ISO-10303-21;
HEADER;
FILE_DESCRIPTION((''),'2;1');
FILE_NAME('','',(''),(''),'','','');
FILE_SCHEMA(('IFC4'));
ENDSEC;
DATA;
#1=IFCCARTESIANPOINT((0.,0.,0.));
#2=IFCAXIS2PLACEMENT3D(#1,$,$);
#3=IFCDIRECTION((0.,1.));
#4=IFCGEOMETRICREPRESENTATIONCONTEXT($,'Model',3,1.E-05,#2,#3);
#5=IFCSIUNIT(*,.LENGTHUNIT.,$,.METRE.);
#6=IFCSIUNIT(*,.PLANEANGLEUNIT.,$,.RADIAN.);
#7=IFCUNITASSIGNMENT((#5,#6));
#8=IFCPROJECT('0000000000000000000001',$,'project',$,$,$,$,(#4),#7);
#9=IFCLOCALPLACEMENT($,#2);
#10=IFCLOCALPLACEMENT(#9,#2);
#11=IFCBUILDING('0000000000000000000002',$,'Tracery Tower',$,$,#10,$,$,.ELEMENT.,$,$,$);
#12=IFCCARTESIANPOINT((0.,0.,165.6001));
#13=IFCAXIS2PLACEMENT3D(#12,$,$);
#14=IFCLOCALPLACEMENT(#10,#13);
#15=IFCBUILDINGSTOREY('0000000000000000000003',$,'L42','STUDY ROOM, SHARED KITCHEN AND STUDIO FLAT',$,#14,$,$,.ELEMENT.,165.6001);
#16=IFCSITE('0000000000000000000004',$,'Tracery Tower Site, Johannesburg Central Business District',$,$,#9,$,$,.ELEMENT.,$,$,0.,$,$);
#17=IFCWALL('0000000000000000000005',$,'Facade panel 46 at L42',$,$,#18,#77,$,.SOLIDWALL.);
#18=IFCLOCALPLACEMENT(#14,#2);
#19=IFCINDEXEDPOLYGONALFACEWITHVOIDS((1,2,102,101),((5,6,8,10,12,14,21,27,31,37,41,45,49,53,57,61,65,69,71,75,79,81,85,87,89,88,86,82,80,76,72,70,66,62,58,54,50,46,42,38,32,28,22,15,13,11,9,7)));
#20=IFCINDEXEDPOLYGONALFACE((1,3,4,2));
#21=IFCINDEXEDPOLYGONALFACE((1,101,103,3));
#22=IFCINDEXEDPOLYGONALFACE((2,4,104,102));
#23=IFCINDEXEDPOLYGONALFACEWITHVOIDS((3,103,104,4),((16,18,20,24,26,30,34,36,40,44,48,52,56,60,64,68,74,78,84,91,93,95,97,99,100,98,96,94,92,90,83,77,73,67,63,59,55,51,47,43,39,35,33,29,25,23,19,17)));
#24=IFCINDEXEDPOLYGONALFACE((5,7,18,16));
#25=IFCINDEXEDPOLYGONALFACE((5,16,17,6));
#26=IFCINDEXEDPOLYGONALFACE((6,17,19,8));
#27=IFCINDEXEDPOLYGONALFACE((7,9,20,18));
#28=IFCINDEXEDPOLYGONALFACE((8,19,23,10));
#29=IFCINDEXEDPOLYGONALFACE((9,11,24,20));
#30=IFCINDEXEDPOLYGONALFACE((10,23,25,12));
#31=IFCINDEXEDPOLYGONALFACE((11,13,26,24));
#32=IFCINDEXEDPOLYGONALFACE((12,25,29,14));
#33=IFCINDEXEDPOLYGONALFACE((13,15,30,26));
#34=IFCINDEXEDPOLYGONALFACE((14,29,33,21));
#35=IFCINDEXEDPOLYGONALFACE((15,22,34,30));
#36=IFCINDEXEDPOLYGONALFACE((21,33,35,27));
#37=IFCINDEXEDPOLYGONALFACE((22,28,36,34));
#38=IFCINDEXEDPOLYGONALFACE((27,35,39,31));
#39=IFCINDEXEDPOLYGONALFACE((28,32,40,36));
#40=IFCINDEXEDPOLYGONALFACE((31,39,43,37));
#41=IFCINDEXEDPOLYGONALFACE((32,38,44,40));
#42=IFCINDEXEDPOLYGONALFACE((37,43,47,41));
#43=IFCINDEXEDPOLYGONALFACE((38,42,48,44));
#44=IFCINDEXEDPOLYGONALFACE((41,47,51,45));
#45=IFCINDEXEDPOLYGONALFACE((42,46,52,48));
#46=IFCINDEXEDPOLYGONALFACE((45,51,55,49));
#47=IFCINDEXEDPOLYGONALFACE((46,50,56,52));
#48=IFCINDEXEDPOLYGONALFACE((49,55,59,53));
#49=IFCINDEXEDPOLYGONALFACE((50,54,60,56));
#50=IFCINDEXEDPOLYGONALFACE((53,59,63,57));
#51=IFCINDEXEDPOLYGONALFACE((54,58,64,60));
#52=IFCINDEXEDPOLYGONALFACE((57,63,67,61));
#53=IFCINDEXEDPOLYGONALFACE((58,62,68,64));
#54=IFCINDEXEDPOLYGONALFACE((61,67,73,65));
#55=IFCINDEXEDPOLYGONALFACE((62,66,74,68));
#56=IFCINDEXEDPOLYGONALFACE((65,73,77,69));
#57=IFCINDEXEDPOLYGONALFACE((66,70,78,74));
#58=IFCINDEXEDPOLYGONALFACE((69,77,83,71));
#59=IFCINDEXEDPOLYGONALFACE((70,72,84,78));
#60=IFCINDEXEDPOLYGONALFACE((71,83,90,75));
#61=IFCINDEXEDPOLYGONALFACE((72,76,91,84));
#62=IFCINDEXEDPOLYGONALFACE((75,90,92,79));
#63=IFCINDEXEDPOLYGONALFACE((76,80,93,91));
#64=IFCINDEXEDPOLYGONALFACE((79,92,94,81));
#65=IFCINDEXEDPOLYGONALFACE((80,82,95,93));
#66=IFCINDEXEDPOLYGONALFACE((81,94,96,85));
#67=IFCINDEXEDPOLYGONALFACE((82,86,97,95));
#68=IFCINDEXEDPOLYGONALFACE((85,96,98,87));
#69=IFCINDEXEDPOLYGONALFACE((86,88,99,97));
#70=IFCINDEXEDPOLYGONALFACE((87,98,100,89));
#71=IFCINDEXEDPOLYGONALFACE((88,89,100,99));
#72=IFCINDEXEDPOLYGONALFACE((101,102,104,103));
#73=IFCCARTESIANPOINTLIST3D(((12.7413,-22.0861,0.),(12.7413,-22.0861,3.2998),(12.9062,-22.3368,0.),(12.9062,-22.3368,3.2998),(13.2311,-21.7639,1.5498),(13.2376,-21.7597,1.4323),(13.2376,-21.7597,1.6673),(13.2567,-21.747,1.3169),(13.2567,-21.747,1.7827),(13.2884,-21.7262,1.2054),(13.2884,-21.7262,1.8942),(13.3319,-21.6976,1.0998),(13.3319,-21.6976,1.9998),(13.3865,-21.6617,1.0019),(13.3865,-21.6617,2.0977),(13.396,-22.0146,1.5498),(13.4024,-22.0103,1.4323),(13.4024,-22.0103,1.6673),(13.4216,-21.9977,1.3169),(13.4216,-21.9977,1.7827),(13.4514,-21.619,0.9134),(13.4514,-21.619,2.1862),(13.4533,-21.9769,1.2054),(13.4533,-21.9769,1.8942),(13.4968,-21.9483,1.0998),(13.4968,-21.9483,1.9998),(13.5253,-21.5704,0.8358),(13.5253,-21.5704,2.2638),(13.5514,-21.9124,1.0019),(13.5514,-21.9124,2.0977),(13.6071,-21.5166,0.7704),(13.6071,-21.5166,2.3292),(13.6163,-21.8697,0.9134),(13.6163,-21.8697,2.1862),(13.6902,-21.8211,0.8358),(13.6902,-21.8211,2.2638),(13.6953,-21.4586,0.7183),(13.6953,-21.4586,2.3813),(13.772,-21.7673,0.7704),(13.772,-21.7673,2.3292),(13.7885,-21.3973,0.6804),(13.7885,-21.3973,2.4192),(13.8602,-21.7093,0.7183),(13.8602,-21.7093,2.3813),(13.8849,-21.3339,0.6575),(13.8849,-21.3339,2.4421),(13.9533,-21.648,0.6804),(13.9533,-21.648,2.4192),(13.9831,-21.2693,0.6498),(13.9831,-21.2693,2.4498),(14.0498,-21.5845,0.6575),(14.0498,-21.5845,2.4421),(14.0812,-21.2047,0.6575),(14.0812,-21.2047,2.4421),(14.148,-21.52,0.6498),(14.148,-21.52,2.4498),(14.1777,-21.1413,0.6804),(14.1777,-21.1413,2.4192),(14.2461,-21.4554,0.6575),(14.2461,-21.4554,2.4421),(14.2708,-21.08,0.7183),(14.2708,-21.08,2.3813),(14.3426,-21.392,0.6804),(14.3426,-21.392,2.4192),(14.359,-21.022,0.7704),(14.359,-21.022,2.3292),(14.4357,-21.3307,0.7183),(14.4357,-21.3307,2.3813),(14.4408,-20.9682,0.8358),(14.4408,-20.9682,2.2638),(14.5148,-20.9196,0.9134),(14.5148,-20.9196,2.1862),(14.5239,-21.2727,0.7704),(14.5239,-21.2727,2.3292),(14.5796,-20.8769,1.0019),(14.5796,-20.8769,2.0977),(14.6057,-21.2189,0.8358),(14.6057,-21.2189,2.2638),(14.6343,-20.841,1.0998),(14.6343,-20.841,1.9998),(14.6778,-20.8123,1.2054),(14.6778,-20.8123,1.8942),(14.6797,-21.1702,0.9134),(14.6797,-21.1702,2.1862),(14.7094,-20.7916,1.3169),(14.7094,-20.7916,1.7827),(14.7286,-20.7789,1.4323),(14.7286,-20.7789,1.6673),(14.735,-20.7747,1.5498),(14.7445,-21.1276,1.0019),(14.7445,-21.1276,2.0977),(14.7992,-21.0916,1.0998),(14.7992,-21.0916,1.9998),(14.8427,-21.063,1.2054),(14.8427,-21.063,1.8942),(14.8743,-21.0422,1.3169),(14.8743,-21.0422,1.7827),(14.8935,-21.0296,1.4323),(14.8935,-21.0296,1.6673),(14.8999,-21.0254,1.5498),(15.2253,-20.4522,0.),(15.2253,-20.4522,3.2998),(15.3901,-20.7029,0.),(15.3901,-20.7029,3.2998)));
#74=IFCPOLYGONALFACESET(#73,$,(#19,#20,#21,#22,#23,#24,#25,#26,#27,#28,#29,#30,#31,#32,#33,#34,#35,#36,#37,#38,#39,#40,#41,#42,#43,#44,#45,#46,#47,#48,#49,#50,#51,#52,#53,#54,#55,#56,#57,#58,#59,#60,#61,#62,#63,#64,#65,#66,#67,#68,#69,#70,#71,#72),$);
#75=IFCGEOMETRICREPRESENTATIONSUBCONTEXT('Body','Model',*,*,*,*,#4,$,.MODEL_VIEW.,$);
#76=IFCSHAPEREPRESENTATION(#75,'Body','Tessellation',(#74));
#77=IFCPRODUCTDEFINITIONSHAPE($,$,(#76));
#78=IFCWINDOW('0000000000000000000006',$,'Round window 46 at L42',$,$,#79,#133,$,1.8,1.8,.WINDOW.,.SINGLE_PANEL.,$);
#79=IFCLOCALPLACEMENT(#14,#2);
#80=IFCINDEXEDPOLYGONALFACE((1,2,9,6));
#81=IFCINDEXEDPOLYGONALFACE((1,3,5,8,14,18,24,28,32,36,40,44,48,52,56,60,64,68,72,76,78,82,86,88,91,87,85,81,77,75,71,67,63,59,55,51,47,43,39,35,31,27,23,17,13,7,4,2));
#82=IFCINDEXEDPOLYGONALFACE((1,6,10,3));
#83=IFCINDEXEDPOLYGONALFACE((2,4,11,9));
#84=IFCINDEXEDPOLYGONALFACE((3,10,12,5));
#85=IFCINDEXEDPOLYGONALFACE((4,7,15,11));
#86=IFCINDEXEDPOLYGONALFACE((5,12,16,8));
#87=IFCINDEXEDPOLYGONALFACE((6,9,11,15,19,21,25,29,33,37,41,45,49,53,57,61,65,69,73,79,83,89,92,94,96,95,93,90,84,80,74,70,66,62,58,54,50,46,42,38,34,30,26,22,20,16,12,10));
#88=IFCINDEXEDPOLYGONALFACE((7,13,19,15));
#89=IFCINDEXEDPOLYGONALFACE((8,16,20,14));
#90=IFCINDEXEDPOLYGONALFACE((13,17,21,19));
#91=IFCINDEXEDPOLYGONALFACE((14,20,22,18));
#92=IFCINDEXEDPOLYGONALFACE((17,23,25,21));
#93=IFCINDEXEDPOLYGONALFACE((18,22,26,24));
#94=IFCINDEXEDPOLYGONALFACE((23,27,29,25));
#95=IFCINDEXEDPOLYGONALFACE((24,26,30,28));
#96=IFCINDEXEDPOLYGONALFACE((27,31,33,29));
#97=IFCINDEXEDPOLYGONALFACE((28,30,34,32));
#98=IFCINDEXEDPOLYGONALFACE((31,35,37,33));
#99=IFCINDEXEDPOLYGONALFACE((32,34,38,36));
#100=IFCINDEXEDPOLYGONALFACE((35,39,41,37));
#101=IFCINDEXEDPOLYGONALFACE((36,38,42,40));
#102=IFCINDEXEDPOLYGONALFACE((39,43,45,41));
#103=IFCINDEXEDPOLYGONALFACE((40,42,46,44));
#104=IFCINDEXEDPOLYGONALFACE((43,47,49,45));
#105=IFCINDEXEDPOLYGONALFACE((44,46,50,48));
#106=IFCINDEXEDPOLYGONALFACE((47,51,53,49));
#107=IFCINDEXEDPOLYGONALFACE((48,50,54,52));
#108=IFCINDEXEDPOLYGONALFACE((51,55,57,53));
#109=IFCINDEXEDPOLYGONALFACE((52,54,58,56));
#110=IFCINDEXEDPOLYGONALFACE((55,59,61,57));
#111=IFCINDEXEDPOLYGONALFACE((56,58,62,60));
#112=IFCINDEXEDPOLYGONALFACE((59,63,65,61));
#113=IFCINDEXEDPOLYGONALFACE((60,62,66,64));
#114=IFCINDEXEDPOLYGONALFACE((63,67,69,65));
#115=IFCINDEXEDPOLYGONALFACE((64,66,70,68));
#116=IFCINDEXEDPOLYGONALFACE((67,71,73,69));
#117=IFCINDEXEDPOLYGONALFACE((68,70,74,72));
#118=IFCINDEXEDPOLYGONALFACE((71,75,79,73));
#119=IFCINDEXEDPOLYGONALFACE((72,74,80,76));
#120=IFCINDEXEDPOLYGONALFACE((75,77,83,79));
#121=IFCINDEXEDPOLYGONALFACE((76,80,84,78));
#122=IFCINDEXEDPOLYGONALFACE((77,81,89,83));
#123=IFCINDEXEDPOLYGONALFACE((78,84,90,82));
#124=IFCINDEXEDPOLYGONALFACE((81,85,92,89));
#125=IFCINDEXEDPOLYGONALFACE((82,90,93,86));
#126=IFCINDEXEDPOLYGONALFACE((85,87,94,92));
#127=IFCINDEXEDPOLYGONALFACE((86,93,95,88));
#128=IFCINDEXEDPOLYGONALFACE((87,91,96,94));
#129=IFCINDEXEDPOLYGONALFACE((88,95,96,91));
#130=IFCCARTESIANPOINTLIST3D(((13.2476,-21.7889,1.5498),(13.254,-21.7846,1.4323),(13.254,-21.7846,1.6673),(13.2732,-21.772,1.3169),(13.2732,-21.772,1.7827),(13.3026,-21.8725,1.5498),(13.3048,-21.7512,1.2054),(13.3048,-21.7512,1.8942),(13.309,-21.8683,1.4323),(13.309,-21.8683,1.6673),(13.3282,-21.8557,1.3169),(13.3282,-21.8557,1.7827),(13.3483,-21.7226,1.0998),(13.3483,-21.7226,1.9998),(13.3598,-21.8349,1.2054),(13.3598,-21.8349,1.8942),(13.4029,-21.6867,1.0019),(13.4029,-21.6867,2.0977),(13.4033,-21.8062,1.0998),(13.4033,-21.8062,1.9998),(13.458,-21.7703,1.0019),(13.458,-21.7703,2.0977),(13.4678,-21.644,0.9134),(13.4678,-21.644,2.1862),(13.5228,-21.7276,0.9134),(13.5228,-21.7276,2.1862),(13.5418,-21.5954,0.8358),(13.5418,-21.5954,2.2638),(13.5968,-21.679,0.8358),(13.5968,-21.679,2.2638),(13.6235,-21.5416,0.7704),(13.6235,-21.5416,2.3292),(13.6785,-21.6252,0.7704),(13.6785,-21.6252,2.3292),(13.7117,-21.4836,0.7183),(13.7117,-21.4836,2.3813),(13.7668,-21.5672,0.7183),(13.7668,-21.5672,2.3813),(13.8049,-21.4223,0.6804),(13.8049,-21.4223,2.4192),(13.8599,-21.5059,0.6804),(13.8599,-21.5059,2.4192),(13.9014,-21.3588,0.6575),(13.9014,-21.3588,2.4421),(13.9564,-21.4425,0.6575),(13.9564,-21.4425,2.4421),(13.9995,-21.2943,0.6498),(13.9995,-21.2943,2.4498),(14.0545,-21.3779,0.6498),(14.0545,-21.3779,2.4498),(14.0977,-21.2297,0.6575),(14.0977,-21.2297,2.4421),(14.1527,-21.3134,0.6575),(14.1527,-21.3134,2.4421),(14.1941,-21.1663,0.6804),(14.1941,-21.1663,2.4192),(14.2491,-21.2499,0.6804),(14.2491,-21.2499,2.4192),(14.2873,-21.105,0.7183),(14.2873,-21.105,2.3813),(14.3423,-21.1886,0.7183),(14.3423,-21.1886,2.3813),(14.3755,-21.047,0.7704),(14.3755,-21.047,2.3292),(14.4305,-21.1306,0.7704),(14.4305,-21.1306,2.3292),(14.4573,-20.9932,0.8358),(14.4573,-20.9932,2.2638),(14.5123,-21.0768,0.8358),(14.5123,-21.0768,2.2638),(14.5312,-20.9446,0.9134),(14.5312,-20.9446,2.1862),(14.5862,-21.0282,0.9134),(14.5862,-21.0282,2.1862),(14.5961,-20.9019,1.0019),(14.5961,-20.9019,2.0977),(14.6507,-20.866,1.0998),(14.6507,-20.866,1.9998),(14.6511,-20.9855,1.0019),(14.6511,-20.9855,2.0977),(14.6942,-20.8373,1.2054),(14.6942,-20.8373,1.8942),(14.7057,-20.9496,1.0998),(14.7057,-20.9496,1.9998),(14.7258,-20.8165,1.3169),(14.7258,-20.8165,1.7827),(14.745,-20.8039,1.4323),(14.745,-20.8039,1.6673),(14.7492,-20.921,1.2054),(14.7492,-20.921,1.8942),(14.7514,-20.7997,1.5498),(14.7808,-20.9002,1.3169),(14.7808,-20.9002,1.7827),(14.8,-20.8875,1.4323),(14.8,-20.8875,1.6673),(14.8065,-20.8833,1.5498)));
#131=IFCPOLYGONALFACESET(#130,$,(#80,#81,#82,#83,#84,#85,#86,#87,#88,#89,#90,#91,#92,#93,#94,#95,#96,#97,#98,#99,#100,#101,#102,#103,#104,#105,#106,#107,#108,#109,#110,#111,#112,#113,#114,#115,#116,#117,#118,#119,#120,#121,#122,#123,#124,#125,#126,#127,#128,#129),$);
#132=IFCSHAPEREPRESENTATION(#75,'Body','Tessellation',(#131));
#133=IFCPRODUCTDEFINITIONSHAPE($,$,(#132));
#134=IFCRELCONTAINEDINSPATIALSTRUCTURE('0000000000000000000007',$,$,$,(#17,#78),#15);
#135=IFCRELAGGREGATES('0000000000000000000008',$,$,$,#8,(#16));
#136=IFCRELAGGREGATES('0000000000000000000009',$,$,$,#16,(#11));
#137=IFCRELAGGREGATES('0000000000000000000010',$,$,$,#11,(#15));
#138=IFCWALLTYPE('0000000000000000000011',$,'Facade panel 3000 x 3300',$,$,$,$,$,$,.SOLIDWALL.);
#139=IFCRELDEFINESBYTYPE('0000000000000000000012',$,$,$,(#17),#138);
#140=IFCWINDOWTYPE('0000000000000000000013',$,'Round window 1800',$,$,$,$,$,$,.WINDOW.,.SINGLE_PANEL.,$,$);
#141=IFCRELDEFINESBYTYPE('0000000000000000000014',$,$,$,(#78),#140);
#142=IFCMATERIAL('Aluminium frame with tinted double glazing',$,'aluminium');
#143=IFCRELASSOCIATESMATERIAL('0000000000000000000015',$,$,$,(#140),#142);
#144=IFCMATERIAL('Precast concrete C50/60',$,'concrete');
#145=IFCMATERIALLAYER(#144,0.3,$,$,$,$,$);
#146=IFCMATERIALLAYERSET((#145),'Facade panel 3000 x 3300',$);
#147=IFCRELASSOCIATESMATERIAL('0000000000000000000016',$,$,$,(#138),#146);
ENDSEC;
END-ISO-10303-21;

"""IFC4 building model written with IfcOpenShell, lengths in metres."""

from ifc_helpers import new_model, si_unit, direction, frame, frame_2d, origin, origin_2d, place, context, subcontext, project, spatial, rectangle, circle, extrude, material, layer, layer_set, type_object, element, fill, save


model = new_model("IFC4")

# Units and contexts
model_context = context("Model", 3, precision=1e-05, world=origin(), true_north=direction((0.0, 1.0)))
body_context = subcontext(model_context, "Body", "Model", "MODEL_VIEW")
ifc_project = project(units=[si_unit("LENGTHUNIT", "METRE"), si_unit("PLANEANGLEUNIT", "RADIAN")], contexts=[model_context])

# Site, building, storey
site_placement = place(None, origin())
site = spatial("IfcSite", under=ifc_project, at=site_placement, Name="Tracery Tower Site, Johannesburg Central Business District", CompositionType="ELEMENT", RefElevation=0.0)
building_placement = place(site_placement, origin())
building = spatial("IfcBuilding", under=site, at=building_placement, Name="Tracery Tower", CompositionType="ELEMENT")
storey_placement = place(building_placement, frame((0.0, 0.0, 165.6001)))
storey = spatial("IfcBuildingStorey", under=building, at=storey_placement, Name="L42", Description="STUDY ROOM, SHARED KITCHEN AND STUDIO FLAT", CompositionType="ELEMENT", Elevation=165.6001)

# Wall, opening, window
ifc_material_1 = material(Name="Aluminium frame with tinted double glazing", Category="aluminium")
window_type = type_object("IfcWindowType", Name="Round window 1800", PartitioningType="SINGLE_PANEL", PredefinedType="WINDOW", material=ifc_material_1)
ifc_material_2 = material(Name="Precast concrete C50/60", Category="concrete")
ifc_layer_1 = layer(ifc_material_2, 0.3)
ifc_layer_set_1 = layer_set([ifc_layer_1], Name="Facade panel 3000 x 3300")
wall_type_1 = type_object("IfcWallType", Name="Facade panel 3000 x 3300", PredefinedType="SOLIDWALL", material=ifc_layer_set_1)
wall_1_placement = place(storey_placement, frame((12.8237, -22.2114, 0.0), z_axis=(0.0, 0.0, 1.0), x_axis=(0.835471, 0.549535, 0.0)))
wall_1 = element("IfcWall", 1, at=wall_1_placement, inside=storey, type_object=wall_type_1, Name="Facade panel 46 at L42", PredefinedType="SOLIDWALL", context=body_context, shape_type="SweptSolid", body=[
    extrude(rectangle(XDim=2.9731, YDim=0.3, at=frame_2d((1.4866, 0.0))), origin(), (0.0, 0.0, 1.0), 3.2998),
])
opening_1_placement = place(wall_1_placement, frame((1.4863, 0.0, 1.5498)))
opening_1 = element("IfcOpeningElement", 2, at=opening_1_placement, cuts=wall_1, PredefinedType="OPENING", context=body_context, shape_type="SweptSolid", body=[
    extrude(circle(Radius=0.9, at=origin_2d()), frame((0.0, 0.1599, 0.0), z_axis=(0.0, -1.0, 0.0), x_axis=(1.0, 0.0, 0.0)), (0.0, 0.0, 1.0), 0.3201),
])
window_1_placement = place(opening_1_placement, origin())
window_1 = element("IfcWindow", 3, at=window_1_placement, inside=storey, type_object=window_type, Name="Round window 46 at L42", OverallHeight=1.8, OverallWidth=1.8, PartitioningType="SINGLE_PANEL", PredefinedType="WINDOW", context=body_context, shape_type="SweptSolid", body=[
    extrude(circle(Radius=0.9, at=origin_2d()), frame((0.0, 0.1201, 0.0), z_axis=(0.0, -1.0, 0.0), x_axis=(1.0, 0.0, 0.0)), (0.0, 0.0, 1.0), 0.1001),
])
fill(opening_1, window_1)

save(model, "model.ifc")
